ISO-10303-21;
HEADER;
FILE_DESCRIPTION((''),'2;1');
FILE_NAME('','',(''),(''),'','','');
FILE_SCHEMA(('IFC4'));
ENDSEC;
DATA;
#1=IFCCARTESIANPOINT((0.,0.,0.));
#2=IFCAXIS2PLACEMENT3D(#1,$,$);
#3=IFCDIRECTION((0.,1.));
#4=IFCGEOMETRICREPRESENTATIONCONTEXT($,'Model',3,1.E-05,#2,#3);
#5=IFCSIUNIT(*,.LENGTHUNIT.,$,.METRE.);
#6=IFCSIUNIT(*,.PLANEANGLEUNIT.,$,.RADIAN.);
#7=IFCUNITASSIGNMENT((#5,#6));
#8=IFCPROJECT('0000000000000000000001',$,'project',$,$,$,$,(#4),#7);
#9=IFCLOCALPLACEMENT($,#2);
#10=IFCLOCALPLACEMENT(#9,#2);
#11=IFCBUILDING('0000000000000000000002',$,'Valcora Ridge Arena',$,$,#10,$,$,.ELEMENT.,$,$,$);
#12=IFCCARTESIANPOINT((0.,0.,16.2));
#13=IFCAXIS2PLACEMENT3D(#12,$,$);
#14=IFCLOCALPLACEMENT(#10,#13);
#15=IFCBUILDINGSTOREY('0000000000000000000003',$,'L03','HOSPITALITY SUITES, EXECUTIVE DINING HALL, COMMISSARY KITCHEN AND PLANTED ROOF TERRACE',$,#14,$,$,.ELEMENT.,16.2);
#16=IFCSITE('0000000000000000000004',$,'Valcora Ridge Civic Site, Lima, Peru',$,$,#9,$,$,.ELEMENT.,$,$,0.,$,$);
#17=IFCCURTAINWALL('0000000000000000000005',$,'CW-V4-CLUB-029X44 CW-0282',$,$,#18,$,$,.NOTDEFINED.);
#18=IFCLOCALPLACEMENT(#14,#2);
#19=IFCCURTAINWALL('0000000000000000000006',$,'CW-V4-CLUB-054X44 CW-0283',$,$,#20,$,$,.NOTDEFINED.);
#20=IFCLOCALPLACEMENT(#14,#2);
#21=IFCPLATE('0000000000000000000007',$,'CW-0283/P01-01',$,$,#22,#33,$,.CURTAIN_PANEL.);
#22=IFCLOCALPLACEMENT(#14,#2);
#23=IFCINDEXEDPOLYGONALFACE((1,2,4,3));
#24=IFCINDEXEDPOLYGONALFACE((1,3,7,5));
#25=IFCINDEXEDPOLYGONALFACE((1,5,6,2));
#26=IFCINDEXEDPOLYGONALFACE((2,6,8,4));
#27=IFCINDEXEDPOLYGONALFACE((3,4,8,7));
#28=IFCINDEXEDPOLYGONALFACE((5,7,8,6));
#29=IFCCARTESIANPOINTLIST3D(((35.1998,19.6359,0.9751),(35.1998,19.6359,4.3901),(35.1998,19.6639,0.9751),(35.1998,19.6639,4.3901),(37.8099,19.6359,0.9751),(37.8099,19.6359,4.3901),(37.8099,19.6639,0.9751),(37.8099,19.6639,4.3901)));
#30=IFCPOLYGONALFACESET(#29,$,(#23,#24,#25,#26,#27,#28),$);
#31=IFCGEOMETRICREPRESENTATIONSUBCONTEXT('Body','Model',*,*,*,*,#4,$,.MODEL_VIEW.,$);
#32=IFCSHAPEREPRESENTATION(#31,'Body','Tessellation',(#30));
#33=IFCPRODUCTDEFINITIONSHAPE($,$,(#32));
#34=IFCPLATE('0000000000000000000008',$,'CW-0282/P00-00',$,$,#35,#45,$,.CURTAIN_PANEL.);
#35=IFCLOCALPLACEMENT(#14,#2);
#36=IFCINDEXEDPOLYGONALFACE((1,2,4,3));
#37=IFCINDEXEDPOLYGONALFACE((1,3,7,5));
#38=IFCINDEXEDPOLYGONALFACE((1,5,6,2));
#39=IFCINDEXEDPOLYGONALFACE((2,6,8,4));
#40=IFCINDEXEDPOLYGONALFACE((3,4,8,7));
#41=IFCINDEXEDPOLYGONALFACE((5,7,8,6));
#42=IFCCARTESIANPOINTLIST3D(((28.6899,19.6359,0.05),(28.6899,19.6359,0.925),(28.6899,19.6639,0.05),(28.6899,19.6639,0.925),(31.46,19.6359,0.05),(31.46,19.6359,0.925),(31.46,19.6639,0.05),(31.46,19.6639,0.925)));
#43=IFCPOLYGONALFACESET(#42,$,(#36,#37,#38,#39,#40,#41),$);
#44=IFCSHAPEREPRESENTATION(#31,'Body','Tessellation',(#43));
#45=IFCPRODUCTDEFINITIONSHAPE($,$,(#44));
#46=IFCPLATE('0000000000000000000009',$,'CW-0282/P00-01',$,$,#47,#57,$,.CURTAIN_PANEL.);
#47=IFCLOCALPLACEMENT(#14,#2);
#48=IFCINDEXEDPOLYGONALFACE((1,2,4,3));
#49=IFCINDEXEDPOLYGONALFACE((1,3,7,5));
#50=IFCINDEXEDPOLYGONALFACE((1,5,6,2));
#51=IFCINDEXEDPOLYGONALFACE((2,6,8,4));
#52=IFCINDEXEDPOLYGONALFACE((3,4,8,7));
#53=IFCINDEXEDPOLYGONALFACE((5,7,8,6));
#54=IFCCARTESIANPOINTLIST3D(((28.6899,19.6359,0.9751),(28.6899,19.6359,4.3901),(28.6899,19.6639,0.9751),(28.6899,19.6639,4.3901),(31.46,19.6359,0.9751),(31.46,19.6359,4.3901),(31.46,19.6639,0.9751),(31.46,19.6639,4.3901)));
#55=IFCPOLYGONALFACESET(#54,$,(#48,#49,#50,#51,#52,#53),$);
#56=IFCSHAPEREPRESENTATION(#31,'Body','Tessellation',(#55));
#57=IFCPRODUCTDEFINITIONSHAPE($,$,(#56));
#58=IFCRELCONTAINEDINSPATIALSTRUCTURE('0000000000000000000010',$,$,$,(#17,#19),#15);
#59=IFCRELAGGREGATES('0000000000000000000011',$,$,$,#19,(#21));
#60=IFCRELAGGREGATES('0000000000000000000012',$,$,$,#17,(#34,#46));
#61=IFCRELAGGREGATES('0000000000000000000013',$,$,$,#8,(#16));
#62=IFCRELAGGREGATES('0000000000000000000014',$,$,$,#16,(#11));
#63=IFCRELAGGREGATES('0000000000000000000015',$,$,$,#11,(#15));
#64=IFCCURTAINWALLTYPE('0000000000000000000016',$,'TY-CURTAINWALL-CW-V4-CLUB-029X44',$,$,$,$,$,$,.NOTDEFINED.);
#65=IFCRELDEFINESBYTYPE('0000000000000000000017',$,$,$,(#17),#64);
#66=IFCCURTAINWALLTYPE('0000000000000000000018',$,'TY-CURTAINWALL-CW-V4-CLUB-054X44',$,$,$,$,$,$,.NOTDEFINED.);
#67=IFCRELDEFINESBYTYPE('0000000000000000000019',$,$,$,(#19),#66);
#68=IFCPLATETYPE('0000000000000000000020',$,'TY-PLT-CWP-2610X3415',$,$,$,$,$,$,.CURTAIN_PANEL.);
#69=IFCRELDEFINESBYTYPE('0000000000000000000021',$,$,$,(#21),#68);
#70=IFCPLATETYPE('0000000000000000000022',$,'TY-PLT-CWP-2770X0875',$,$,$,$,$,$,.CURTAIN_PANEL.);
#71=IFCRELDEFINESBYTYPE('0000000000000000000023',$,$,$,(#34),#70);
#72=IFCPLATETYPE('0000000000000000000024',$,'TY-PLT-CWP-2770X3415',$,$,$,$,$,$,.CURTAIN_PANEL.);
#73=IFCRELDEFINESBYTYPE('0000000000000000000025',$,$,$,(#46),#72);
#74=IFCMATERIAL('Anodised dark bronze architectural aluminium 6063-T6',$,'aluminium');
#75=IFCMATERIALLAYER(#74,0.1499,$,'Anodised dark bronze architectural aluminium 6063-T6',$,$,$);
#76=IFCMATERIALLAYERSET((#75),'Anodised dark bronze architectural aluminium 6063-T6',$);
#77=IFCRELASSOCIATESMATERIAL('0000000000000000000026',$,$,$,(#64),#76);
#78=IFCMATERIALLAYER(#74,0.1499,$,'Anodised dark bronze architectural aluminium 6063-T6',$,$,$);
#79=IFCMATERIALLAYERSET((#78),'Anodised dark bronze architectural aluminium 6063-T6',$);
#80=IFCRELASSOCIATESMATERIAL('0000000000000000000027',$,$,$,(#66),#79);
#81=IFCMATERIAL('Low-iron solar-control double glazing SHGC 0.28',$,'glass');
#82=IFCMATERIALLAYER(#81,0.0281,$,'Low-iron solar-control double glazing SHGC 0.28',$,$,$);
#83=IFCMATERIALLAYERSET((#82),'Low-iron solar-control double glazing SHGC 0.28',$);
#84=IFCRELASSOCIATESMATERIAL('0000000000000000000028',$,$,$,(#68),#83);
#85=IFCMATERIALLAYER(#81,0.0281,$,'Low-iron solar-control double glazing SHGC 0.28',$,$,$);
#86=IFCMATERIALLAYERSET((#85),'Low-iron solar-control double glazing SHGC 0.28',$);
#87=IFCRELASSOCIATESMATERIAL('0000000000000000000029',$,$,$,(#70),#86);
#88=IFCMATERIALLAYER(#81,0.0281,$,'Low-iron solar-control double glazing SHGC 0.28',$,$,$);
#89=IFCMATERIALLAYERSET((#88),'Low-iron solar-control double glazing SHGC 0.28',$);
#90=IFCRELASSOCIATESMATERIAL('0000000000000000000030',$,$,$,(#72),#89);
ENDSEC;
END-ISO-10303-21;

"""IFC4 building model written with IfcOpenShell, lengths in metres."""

from ifc_helpers import new_model, si_unit, direction, frame, origin, origin_2d, place, context, subcontext, project, spatial, rectangle, extrude, material, layer, layer_set, type_object, element, aggregate, save


model = new_model("IFC4")

# Units and contexts
model_context = context("Model", 3, precision=1e-05, world=origin(), true_north=direction((0.0, 1.0)))
body_context = subcontext(model_context, "Body", "Model", "MODEL_VIEW")
ifc_project = project(units=[si_unit("LENGTHUNIT", "METRE"), si_unit("PLANEANGLEUNIT", "RADIAN")], contexts=[model_context])

# Site, building, storey
site_placement = place(None, origin())
site = spatial("IfcSite", under=ifc_project, at=site_placement, Name="Valcora Ridge Civic Site, Lima, Peru", CompositionType="ELEMENT", RefElevation=0.0)
building_placement = place(site_placement, origin())
building = spatial("IfcBuilding", under=site, at=building_placement, Name="Valcora Ridge Arena", CompositionType="ELEMENT")
storey_placement = place(building_placement, frame((0.0, 0.0, 16.2)))
storey = spatial("IfcBuildingStorey", under=building, at=storey_placement, Name="L03", Description="HOSPITALITY SUITES, EXECUTIVE DINING HALL, COMMISSARY KITCHEN AND PLANTED ROOF TERRACE", CompositionType="ELEMENT", Elevation=16.2)

# Curtain wall
ifc_material_1 = material(Name="Anodised dark bronze architectural aluminium 6063-T6", Category="aluminium")
ifc_layer_1 = layer(ifc_material_1, 0.1499, Name="Anodised dark bronze architectural aluminium 6063-T6")
ifc_layer_set_1 = layer_set([ifc_layer_1], Name="Anodised dark bronze architectural aluminium 6063-T6")
curtain_wall_type_1 = type_object("IfcCurtainWallType", Name="TY-CURTAINWALL-CW-V4-CLUB-029X44", PredefinedType="NOTDEFINED", material=ifc_layer_set_1)
curtain_wall_1_placement = place(storey_placement, origin())
curtain_wall_1 = element("IfcCurtainWall", 1, at=curtain_wall_1_placement, inside=storey, type_object=curtain_wall_type_1, Name="CW-V4-CLUB-029X44 CW-0282", PredefinedType="NOTDEFINED")

# Curtain wall
ifc_layer_2 = layer(ifc_material_1, 0.1499, Name="Anodised dark bronze architectural aluminium 6063-T6")
ifc_layer_set_2 = layer_set([ifc_layer_2], Name="Anodised dark bronze architectural aluminium 6063-T6")
curtain_wall_type_2 = type_object("IfcCurtainWallType", Name="TY-CURTAINWALL-CW-V4-CLUB-054X44", PredefinedType="NOTDEFINED", material=ifc_layer_set_2)
curtain_wall_2_placement = place(storey_placement, origin())
curtain_wall_2 = element("IfcCurtainWall", 2, at=curtain_wall_2_placement, inside=storey, type_object=curtain_wall_type_2, Name="CW-V4-CLUB-054X44 CW-0283", PredefinedType="NOTDEFINED")

# Plates
ifc_material_2 = material(Name="Low-iron solar-control double glazing SHGC 0.28", Category="glass")
ifc_layer_3 = layer(ifc_material_2, 0.0281, Name="Low-iron solar-control double glazing SHGC 0.28")
ifc_layer_set_3 = layer_set([ifc_layer_3], Name="Low-iron solar-control double glazing SHGC 0.28")
plate_type_1 = type_object("IfcPlateType", Name="TY-PLT-CWP-2610X3415", PredefinedType="CURTAIN_PANEL", material=ifc_layer_set_3)
plate_1_placement = place(storey_placement, frame((36.5049, 19.6499, 0.9751), z_axis=(0.0, 0.0, 1.0), x_axis=(1.0, 0.0, 0.0)))
plate_1 = element("IfcPlate", 3, at=plate_1_placement, type_object=plate_type_1, Name="CW-0283/P01-01", PredefinedType="CURTAIN_PANEL", context=body_context, shape_type="SweptSolid", body=[
    extrude(rectangle(XDim=2.6101, YDim=0.0281, at=origin_2d()), origin(), (0.0, 0.0, 1.0), 3.415),
])
aggregate(curtain_wall_2, [plate_1])
ifc_layer_4 = layer(ifc_material_2, 0.0281, Name="Low-iron solar-control double glazing SHGC 0.28")
ifc_layer_set_4 = layer_set([ifc_layer_4], Name="Low-iron solar-control double glazing SHGC 0.28")
plate_type_2 = type_object("IfcPlateType", Name="TY-PLT-CWP-2770X0875", PredefinedType="CURTAIN_PANEL", material=ifc_layer_set_4)
plate_2_placement = place(storey_placement, frame((30.075, 19.6499, 0.05), z_axis=(0.0, 0.0, 1.0), x_axis=(1.0, 0.0, 0.0)))
plate_2 = element("IfcPlate", 4, at=plate_2_placement, type_object=plate_type_2, Name="CW-0282/P00-00", PredefinedType="CURTAIN_PANEL", context=body_context, shape_type="SweptSolid", body=[
    extrude(rectangle(XDim=2.77, YDim=0.0281, at=origin_2d()), origin(), (0.0, 0.0, 1.0), 0.875),
])
ifc_layer_5 = layer(ifc_material_2, 0.0281, Name="Low-iron solar-control double glazing SHGC 0.28")
ifc_layer_set_5 = layer_set([ifc_layer_5], Name="Low-iron solar-control double glazing SHGC 0.28")
plate_type_3 = type_object("IfcPlateType", Name="TY-PLT-CWP-2770X3415", PredefinedType="CURTAIN_PANEL", material=ifc_layer_set_5)
plate_3_placement = place(storey_placement, frame((30.075, 19.6499, 0.9751), z_axis=(0.0, 0.0, 1.0), x_axis=(1.0, 0.0, 0.0)))
plate_3 = element("IfcPlate", 5, at=plate_3_placement, type_object=plate_type_3, Name="CW-0282/P00-01", PredefinedType="CURTAIN_PANEL", context=body_context, shape_type="SweptSolid", body=[
    extrude(rectangle(XDim=2.77, YDim=0.0281, at=origin_2d()), origin(), (0.0, 0.0, 1.0), 3.415),
])
aggregate(curtain_wall_1, [plate_2, plate_3])

save(model, "model.ifc")
